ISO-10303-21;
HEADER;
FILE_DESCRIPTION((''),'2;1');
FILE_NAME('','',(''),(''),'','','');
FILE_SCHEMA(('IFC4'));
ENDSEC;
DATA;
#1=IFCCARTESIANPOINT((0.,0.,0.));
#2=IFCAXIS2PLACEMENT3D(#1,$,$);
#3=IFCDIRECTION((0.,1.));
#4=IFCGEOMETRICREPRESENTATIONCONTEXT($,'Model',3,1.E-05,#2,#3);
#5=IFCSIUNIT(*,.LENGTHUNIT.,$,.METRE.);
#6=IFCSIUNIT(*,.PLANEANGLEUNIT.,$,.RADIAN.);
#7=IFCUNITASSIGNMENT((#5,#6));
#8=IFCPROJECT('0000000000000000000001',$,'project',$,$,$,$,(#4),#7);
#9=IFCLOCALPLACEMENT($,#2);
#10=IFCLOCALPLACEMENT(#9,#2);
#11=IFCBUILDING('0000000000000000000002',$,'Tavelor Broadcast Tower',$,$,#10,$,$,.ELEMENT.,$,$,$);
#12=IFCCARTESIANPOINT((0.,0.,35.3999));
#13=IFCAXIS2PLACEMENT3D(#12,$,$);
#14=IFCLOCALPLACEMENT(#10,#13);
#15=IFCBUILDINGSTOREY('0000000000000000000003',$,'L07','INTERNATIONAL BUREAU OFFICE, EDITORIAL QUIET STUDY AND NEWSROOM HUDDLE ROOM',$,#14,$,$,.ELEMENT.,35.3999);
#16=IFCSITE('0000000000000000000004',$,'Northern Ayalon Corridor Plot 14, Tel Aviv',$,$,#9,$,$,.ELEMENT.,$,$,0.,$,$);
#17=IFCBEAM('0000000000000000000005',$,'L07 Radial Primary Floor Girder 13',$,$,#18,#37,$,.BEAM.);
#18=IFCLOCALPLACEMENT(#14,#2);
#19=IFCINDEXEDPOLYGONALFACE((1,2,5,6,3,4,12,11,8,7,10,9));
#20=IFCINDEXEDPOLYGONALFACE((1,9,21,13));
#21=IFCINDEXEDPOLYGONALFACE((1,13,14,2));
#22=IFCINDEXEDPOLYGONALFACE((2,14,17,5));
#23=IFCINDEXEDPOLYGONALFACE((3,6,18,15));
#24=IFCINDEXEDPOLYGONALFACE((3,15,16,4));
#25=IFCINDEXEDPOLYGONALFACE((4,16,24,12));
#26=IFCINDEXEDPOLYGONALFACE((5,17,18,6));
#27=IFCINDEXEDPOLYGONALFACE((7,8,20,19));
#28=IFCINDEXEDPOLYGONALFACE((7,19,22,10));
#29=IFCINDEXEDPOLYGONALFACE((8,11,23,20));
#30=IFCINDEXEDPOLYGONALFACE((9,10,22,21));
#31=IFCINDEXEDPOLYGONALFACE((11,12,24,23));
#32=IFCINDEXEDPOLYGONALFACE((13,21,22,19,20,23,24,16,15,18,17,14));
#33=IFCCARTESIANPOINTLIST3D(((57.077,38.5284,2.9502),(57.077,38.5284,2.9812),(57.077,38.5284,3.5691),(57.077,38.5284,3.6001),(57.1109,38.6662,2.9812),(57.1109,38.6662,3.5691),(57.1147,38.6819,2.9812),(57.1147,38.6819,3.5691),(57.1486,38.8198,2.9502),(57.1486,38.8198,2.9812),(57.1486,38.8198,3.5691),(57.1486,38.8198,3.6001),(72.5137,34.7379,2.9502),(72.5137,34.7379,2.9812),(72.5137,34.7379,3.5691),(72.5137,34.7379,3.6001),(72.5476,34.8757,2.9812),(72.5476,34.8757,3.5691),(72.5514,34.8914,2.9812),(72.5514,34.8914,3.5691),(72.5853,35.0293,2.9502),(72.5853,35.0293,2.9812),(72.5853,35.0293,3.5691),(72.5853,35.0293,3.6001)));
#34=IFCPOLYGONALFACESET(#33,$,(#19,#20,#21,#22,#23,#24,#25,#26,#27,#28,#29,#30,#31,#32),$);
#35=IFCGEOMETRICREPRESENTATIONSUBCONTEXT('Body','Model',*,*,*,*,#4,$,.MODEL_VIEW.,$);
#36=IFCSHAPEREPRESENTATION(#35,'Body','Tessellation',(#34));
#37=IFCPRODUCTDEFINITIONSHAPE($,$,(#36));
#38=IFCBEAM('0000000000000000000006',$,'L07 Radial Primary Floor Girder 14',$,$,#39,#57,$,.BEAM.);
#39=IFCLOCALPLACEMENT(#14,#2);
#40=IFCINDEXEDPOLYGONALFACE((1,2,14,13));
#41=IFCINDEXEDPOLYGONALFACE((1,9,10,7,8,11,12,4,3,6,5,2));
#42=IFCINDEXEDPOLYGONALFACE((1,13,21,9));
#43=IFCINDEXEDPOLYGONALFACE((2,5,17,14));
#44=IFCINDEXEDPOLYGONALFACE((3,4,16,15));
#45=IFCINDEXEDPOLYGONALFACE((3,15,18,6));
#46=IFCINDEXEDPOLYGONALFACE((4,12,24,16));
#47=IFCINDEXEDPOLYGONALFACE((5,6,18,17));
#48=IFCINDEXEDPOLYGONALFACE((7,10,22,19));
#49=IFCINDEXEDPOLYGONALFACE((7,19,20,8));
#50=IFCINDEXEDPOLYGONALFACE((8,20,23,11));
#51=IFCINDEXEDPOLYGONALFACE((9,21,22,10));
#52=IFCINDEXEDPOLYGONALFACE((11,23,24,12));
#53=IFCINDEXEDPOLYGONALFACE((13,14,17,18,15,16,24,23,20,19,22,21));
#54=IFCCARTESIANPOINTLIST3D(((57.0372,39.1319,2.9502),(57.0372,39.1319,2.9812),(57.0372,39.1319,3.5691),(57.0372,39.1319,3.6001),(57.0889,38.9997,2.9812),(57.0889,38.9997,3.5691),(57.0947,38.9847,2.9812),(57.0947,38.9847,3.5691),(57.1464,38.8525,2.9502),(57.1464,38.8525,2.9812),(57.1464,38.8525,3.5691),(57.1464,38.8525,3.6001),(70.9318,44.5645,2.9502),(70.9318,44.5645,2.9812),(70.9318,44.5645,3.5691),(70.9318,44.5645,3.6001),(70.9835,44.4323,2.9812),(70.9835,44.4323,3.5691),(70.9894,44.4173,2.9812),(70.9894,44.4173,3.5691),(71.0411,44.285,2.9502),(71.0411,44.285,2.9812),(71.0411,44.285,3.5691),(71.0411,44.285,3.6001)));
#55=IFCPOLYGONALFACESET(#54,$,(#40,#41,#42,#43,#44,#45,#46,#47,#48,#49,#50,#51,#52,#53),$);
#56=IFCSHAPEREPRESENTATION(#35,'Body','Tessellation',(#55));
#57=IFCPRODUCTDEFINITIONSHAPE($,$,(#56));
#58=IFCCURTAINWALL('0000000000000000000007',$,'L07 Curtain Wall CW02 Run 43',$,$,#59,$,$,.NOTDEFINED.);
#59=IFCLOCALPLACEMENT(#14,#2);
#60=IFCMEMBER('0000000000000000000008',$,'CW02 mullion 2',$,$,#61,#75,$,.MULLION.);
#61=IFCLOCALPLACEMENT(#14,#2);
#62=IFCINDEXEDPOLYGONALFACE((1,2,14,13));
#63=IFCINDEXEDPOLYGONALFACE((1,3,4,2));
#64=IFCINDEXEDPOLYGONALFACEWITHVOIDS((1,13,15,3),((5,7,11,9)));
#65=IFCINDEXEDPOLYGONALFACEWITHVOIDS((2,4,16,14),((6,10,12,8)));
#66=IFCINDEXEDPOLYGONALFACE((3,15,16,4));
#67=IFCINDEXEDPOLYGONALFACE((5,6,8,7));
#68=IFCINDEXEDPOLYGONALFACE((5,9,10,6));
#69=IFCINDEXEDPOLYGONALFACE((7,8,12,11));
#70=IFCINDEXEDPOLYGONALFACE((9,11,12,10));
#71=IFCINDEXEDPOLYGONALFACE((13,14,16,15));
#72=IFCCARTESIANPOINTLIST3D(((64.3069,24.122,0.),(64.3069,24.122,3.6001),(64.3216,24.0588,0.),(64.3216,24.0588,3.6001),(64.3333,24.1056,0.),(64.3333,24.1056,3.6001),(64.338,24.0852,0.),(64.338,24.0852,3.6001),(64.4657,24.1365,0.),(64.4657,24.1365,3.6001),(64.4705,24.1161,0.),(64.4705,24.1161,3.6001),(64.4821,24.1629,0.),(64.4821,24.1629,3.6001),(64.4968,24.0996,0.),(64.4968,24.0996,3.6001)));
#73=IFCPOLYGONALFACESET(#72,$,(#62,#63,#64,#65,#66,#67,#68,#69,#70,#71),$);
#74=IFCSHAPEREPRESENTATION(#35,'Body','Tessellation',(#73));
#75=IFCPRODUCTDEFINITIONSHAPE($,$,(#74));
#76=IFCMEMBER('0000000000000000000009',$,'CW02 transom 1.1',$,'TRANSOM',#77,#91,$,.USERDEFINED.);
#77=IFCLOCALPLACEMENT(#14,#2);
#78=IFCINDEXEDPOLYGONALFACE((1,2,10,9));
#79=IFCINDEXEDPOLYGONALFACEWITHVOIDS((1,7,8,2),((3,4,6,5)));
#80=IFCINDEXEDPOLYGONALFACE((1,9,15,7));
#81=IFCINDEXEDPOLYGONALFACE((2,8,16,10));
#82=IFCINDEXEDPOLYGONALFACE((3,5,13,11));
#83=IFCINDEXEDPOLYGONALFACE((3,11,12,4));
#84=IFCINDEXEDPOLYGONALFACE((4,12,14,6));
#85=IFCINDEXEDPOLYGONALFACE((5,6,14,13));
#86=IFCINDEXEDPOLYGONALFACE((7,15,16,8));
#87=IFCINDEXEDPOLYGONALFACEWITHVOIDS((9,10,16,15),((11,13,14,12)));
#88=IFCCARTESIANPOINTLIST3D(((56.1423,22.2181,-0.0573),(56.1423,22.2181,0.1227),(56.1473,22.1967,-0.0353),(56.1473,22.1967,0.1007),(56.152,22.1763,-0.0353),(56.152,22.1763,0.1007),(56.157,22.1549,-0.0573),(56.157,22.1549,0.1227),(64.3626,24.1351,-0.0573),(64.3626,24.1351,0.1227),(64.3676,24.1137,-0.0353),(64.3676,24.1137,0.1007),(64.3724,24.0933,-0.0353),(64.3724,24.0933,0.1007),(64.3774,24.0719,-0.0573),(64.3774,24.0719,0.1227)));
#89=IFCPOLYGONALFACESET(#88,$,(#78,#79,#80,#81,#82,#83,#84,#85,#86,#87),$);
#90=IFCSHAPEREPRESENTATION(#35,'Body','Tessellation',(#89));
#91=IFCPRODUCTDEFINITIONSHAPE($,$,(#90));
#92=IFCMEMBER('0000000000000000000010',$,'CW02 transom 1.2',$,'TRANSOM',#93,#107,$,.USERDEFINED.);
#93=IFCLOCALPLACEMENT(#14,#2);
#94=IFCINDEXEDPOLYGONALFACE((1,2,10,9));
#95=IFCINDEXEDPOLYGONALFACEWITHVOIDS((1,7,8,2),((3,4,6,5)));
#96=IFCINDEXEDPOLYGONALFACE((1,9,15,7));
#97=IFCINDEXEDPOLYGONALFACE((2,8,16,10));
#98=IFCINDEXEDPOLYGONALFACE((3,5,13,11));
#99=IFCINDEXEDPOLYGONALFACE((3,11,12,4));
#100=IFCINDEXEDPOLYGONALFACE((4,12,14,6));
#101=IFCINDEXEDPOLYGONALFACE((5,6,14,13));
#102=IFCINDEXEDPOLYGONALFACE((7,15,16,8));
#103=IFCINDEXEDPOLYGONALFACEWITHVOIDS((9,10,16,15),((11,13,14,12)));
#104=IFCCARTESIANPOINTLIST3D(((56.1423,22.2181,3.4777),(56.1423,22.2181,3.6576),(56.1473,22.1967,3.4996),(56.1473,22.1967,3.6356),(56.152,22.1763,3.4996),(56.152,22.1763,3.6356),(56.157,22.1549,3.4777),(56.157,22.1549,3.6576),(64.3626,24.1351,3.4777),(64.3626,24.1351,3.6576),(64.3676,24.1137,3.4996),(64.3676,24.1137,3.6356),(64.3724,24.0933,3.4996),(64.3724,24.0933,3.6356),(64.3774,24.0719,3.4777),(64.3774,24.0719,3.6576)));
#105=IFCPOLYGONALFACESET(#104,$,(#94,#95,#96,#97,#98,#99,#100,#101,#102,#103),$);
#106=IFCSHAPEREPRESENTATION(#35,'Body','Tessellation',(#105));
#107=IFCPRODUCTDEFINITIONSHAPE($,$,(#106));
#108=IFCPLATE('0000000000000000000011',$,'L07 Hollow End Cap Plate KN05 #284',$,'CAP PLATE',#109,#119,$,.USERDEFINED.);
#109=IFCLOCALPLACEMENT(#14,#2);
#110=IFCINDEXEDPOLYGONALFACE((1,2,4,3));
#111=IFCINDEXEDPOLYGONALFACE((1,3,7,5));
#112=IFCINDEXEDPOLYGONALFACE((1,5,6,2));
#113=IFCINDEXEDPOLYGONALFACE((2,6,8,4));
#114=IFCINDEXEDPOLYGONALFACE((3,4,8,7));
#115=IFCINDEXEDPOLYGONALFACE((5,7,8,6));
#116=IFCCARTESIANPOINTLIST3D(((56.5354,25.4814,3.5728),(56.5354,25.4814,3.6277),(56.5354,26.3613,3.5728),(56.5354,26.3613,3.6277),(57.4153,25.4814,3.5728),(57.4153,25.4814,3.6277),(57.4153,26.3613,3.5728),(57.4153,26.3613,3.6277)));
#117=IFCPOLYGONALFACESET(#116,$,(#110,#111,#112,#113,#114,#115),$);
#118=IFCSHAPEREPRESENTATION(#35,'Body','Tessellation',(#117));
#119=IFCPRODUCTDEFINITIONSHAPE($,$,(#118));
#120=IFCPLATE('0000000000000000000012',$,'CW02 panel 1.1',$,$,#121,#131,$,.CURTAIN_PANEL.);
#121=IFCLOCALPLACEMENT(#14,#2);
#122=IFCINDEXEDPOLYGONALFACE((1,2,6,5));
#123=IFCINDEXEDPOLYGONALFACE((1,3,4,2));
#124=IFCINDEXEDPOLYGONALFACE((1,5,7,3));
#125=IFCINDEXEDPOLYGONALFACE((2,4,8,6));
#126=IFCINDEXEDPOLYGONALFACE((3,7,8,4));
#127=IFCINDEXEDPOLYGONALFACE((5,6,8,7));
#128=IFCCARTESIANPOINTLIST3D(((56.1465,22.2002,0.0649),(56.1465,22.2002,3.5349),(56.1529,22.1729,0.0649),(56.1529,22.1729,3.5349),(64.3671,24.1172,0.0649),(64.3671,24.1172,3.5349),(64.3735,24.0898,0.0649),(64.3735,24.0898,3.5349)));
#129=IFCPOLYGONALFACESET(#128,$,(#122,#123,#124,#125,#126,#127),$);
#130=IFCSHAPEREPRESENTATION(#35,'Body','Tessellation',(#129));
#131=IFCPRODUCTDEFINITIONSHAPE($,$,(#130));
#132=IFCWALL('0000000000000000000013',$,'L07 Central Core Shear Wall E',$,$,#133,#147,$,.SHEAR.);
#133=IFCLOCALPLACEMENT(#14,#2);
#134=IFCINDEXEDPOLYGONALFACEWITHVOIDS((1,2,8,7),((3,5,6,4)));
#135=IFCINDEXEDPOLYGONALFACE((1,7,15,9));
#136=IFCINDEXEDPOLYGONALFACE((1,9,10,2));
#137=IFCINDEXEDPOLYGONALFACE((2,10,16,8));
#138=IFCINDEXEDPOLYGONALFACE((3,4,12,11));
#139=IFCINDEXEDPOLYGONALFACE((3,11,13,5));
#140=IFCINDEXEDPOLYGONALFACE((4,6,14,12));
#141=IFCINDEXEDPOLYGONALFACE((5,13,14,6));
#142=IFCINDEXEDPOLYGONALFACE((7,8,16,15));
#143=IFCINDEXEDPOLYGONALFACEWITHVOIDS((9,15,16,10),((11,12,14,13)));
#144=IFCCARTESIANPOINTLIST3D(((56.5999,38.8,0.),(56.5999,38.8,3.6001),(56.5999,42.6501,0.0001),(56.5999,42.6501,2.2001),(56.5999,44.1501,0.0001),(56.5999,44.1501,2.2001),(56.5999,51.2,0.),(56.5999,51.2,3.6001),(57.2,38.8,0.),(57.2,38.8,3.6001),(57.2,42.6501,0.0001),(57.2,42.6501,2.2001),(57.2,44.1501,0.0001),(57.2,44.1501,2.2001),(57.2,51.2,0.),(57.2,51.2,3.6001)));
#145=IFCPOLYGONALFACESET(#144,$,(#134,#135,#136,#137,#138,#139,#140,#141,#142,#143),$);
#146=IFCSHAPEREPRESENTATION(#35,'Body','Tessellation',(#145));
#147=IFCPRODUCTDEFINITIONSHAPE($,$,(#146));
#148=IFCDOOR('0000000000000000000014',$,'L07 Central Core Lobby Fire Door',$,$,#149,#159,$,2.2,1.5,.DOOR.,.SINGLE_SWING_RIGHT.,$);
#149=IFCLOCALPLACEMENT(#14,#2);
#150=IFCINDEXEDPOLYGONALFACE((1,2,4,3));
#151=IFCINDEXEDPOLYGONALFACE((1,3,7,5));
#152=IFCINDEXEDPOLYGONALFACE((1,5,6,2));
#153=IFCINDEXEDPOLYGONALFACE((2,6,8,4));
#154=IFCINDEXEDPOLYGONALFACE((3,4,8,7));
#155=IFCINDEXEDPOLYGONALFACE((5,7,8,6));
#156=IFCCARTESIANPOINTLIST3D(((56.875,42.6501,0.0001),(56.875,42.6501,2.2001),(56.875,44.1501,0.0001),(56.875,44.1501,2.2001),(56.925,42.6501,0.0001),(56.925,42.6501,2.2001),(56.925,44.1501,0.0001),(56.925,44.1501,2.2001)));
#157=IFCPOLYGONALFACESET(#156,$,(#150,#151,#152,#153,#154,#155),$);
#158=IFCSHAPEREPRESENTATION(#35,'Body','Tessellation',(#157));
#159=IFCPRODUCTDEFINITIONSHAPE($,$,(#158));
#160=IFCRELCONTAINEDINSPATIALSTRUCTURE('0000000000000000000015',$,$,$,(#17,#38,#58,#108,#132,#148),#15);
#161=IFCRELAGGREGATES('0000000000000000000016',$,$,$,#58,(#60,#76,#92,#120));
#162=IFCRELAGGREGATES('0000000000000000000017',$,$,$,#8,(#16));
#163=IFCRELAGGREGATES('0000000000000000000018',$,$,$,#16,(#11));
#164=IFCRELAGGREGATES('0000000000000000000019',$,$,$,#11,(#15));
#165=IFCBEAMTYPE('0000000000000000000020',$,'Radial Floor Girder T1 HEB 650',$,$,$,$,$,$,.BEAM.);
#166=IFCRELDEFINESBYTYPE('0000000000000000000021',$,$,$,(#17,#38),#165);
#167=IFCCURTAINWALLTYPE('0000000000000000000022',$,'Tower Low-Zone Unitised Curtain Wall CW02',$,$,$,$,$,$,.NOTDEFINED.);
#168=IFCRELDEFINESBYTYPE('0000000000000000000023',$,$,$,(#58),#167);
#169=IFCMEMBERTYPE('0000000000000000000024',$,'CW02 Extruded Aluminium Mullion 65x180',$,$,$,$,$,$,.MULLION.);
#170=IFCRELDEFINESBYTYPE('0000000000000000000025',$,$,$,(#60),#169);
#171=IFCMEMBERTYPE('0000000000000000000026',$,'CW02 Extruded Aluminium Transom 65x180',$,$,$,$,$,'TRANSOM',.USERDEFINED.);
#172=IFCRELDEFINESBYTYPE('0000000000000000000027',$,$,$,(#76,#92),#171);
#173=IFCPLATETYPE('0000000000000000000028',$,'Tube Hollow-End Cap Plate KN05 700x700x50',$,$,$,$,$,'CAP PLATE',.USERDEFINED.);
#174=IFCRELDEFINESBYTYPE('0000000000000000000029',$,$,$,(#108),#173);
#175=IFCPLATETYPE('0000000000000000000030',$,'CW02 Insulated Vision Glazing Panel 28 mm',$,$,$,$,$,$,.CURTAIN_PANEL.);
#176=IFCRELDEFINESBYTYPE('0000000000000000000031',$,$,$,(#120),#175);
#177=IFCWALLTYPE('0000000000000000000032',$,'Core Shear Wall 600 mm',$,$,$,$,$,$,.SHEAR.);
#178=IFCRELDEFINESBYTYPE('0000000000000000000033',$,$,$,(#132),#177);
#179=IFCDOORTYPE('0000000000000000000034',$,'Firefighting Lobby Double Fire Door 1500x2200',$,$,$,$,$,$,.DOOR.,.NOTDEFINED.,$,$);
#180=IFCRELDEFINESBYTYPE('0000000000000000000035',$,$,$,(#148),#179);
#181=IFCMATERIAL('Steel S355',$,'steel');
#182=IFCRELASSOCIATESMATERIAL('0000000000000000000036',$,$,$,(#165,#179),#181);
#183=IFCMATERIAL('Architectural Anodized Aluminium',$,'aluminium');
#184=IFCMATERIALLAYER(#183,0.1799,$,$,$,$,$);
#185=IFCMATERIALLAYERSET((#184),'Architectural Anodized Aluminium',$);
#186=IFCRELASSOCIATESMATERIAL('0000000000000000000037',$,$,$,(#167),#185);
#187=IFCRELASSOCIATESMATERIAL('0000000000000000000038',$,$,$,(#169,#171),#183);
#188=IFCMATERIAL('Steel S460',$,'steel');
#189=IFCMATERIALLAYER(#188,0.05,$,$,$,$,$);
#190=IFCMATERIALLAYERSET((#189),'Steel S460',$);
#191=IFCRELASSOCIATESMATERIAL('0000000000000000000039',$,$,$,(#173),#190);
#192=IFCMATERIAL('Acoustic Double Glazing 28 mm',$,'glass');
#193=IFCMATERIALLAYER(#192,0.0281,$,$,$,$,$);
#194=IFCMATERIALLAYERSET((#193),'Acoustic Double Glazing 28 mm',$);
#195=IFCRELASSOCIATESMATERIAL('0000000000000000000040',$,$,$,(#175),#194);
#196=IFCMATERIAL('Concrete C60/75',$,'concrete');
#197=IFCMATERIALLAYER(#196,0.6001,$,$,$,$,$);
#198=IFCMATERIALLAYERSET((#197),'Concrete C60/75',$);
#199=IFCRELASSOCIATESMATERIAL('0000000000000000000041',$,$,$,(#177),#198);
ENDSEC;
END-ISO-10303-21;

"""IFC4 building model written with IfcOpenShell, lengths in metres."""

from ifc_helpers import new_model, si_unit, direction, frame, frame_2d, origin, origin_2d, place, context, subcontext, project, spatial, rectangle, hollow_rectangle, i_section, extrude, source, transform, mapped, material, layer, layer_set, material_profile, profile_set, type_object, type_shapes, element, fill, aggregate, save


model = new_model("IFC4")

# Units and contexts
model_context = context("Model", 3, precision=1e-05, world=origin(), true_north=direction((0.0, 1.0)))
body_context = subcontext(model_context, "Body", "Model", "MODEL_VIEW")
ifc_project = project(units=[si_unit("LENGTHUNIT", "METRE"), si_unit("PLANEANGLEUNIT", "RADIAN")], contexts=[model_context])

# Site, building, storey
site_placement = place(None, origin())
site = spatial("IfcSite", under=ifc_project, at=site_placement, Name="Northern Ayalon Corridor Plot 14, Tel Aviv", CompositionType="ELEMENT", RefElevation=0.0)
building_placement = place(site_placement, origin())
building = spatial("IfcBuilding", under=site, at=building_placement, Name="Tavelor Broadcast Tower", CompositionType="ELEMENT")
storey_placement = place(building_placement, frame((0.0, 0.0, 35.3999)))
storey = spatial("IfcBuildingStorey", under=building, at=storey_placement, Name="L07", Description="INTERNATIONAL BUREAU OFFICE, EDITORIAL QUIET STUDY AND NEWSROOM HUDDLE ROOM", CompositionType="ELEMENT", Elevation=35.3999)

# Shared definitions
ifc_material_1 = material(Name="Concrete C60/75", Category="concrete")
ifc_material_2 = material(Name="Steel S460", Category="steel")

# Beams
ifc_material_3 = material(Name="Steel S355", Category="steel")
ifc_material_profile_1 = material_profile(ifc_material_3, i_section(OverallWidth=0.3, OverallDepth=0.6499, WebThickness=0.0161, FlangeThickness=0.031, at=origin_2d()), Name="HEB 650")
ifc_profile_set_1 = profile_set([ifc_material_profile_1], Name="Steel S355")
beam_type_1 = type_object("IfcBeamType", Name="Radial Floor Girder T1 HEB 650", PredefinedType="BEAM", material=ifc_profile_set_1)
beam_1_placement = place(storey_placement, frame((57.1128, 38.6741, 3.2751), z_axis=(0.97115, -0.238468, 0.0), x_axis=(0.238468, 0.97115, 0.0)))
element("IfcBeam", 1, at=beam_1_placement, inside=storey, type_object=beam_type_1, Name="L07 Radial Primary Floor Girder 13", PredefinedType="BEAM", context=body_context, shape_type="SweptSolid", body=[
    extrude(i_section(OverallWidth=0.3, OverallDepth=0.6499, WebThickness=0.0161, FlangeThickness=0.031, at=origin_2d()), origin(), (0.0, 0.0, 1.0), 15.8953),
])
beam_2_placement = place(storey_placement, frame((57.0918, 38.9922, 3.2751), z_axis=(0.931344, 0.36414, 0.0), x_axis=(-0.36414, 0.931344, 0.0)))
element("IfcBeam", 2, at=beam_2_placement, inside=storey, type_object=beam_type_1, Name="L07 Radial Primary Floor Girder 14", PredefinedType="BEAM", context=body_context, shape_type="SweptSolid", body=[
    extrude(i_section(OverallWidth=0.3, OverallDepth=0.6499, WebThickness=0.0161, FlangeThickness=0.031, at=origin_2d()), origin(), (0.0, 0.0, 1.0), 14.9189),
])

# Curtain wall, members
ifc_material_4 = material(Name="Architectural Anodized Aluminium", Category="aluminium")
ifc_layer_1 = layer(ifc_material_4, 0.1799)
ifc_layer_set_1 = layer_set([ifc_layer_1], Name="Architectural Anodized Aluminium")
curtain_wall_type = type_object("IfcCurtainWallType", Name="Tower Low-Zone Unitised Curtain Wall CW02", PredefinedType="NOTDEFINED", material=ifc_layer_set_1)
curtain_wall_placement = place(storey_placement, origin())
curtain_wall = element("IfcCurtainWall", 3, at=curtain_wall_placement, inside=storey, type_object=curtain_wall_type, Name="L07 Curtain Wall CW02 Run 43", PredefinedType="NOTDEFINED")
ifc_material_profile_2 = material_profile(ifc_material_4, hollow_rectangle(XDim=0.0649, YDim=0.1799, WallThickness=0.022, at=origin_2d()), Name="RHS 65x180x22")
ifc_profile_set_2 = profile_set([ifc_material_profile_2], Name="Architectural Anodized Aluminium")
member_type_1 = type_object("IfcMemberType", Name="CW02 Extruded Aluminium Mullion 65x180", PredefinedType="MULLION", material=ifc_profile_set_2)
shared_shape_1 = source(origin(), body_context, "Body", "SweptSolid", [
    extrude(hollow_rectangle(XDim=0.0649, YDim=0.1799, WallThickness=0.022, at=origin_2d()), origin(), (0.0, 0.0, 1.0), 3.6001),
])
type_shapes(member_type_1, [shared_shape_1])
member_1_placement = place(storey_placement, frame((64.4019, 24.1108, 0.0), z_axis=(0.0, 0.0, 1.0), x_axis=(-0.227099, 0.973872, 0.0)))
member_1 = element("IfcMember", 4, at=member_1_placement, type_object=member_type_1, Name="CW02 mullion 2", PredefinedType="MULLION", context=body_context, shape_type="MappedRepresentation", body=[
    mapped(shared_shape_1, transform((0.0, 0.0, 0.0), scale=1.0)),
])
ifc_material_profile_3 = material_profile(ifc_material_4, hollow_rectangle(XDim=0.0649, YDim=0.1799, WallThickness=0.022, at=origin_2d()), Name="RHS 65x180x22")
ifc_profile_set_3 = profile_set([ifc_material_profile_3], Name="Architectural Anodized Aluminium")
member_type_2 = type_object("IfcMemberType", Name="CW02 Extruded Aluminium Transom 65x180", ElementType="TRANSOM", PredefinedType="USERDEFINED", material=ifc_profile_set_3)
shared_shape_2 = source(origin(), body_context, "Body", "SweptSolid", [
    extrude(hollow_rectangle(XDim=0.0649, YDim=0.1799, WallThickness=0.022, at=origin_2d()), origin(), (0.0, 0.0, 1.0), 8.4409),
])
type_shapes(member_type_2, [shared_shape_2])
member_2_placement = place(storey_placement, frame((56.1497, 22.1865, 0.0327), z_axis=(0.97387, 0.227104, 0.0), x_axis=(-0.227104, 0.97387, 0.0)))
member_2 = element("IfcMember", 5, at=member_2_placement, type_object=member_type_2, Name="CW02 transom 1.1", ObjectType="TRANSOM", PredefinedType="USERDEFINED", context=body_context, shape_type="MappedRepresentation", body=[
    mapped(shared_shape_2, transform((0.0, 0.0, 0.0), scale=1.0)),
])
member_3_placement = place(storey_placement, frame((56.1497, 22.1865, 3.5676), z_axis=(0.97387, 0.227104, 0.0), x_axis=(-0.227104, 0.97387, 0.0)))
member_3 = element("IfcMember", 6, at=member_3_placement, type_object=member_type_2, Name="CW02 transom 1.2", ObjectType="TRANSOM", PredefinedType="USERDEFINED", context=body_context, shape_type="MappedRepresentation", body=[
    mapped(shared_shape_2, transform((0.0, 0.0, 0.0), scale=1.0)),
])

# Plates
ifc_layer_2 = layer(ifc_material_2, 0.05)
ifc_layer_set_2 = layer_set([ifc_layer_2], Name="Steel S460")
plate_type_1 = type_object("IfcPlateType", Name="Tube Hollow-End Cap Plate KN05 700x700x50", ElementType="CAP PLATE", PredefinedType="USERDEFINED", material=ifc_layer_set_2)
shared_shape_3 = source(origin(), body_context, "Body", "SweptSolid", [
    extrude(rectangle(XDim=0.8799, YDim=0.8799, at=origin_2d()), origin(), (0.0, 0.0, 1.0), 0.0549),
])
type_shapes(plate_type_1, [shared_shape_3])
plate_1_placement = place(storey_placement, frame((56.9753, 25.9214, 3.5728), z_axis=(0.0, 0.0, 1.0), x_axis=(1.0, 0.0, 0.0)))
element("IfcPlate", 7, at=plate_1_placement, inside=storey, type_object=plate_type_1, Name="L07 Hollow End Cap Plate KN05 #284", ObjectType="CAP PLATE", PredefinedType="USERDEFINED", context=body_context, shape_type="MappedRepresentation", body=[
    mapped(shared_shape_3, transform((0.0, 0.0, 0.0), scale=1.0)),
])
ifc_material_5 = material(Name="Acoustic Double Glazing 28 mm", Category="glass")
ifc_layer_3 = layer(ifc_material_5, 0.0281)
ifc_layer_set_3 = layer_set([ifc_layer_3], Name="Acoustic Double Glazing 28 mm")
plate_type_2 = type_object("IfcPlateType", Name="CW02 Insulated Vision Glazing Panel 28 mm", PredefinedType="CURTAIN_PANEL", material=ifc_layer_set_3)
shared_shape_4 = source(origin(), body_context, "Body", "SweptSolid", [
    extrude(rectangle(XDim=8.4412, YDim=0.0281, at=origin_2d()), origin(), (0.0, 0.0, 1.0), 3.47),
])
type_shapes(plate_type_2, [shared_shape_4])
plate_2_placement = place(storey_placement, frame((60.26, 23.145, 0.0649), z_axis=(0.0, 0.0, 1.0), x_axis=(0.973872, 0.227099, 0.0)))
plate_2 = element("IfcPlate", 8, at=plate_2_placement, type_object=plate_type_2, Name="CW02 panel 1.1", PredefinedType="CURTAIN_PANEL", context=body_context, shape_type="MappedRepresentation", body=[
    mapped(shared_shape_4, transform((0.0, 0.0, 0.0), scale=1.0)),
])
aggregate(curtain_wall, [member_1, member_2, member_3, plate_2])

# Wall, opening, door
ifc_layer_4 = layer(ifc_material_1, 0.6001)
ifc_layer_set_4 = layer_set([ifc_layer_4], Name="Concrete C60/75")
wall_type_1 = type_object("IfcWallType", Name="Core Shear Wall 600 mm", PredefinedType="SHEAR", material=ifc_layer_set_4)
wall_1_placement = place(storey_placement, frame((56.8999, 38.8, 0.0), z_axis=(0.0, 0.0, 1.0), x_axis=(0.0, 1.0, 0.0)))
wall_1 = element("IfcWall", 9, at=wall_1_placement, inside=storey, type_object=wall_type_1, Name="L07 Central Core Shear Wall E", PredefinedType="SHEAR", context=body_context, shape_type="SweptSolid", body=[
    extrude(rectangle(XDim=12.3999, YDim=0.6001, at=frame_2d((6.2, 0.0))), origin(), (0.0, 0.0, 1.0), 3.6001),
])
opening_1_placement = place(wall_1_placement, frame((3.8501, 0.0, 0.0)))
opening_1 = element("IfcOpeningElement", 10, at=opening_1_placement, cuts=wall_1, PredefinedType="OPENING", context=body_context, shape_type="SweptSolid", body=[
    extrude(rectangle(XDim=1.5, YDim=2.2, at=frame_2d((0.75, 1.1001))), frame((0.0, 0.3101, 0.0), z_axis=(0.0, -1.0, 0.0), x_axis=(1.0, 0.0, 0.0)), (0.0, 0.0, 1.0), 0.6201),
])
door_type_1 = type_object("IfcDoorType", Name="Firefighting Lobby Double Fire Door 1500x2200", OperationType="NOTDEFINED", PredefinedType="DOOR", material=ifc_material_3)
door_1_placement = place(opening_1_placement, origin())
door_1 = element("IfcDoor", 11, at=door_1_placement, inside=storey, type_object=door_type_1, Name="L07 Central Core Lobby Fire Door", OperationType="SINGLE_SWING_RIGHT", OverallHeight=2.2, OverallWidth=1.5, PredefinedType="DOOR", context=body_context, shape_type="SweptSolid", body=[
    extrude(rectangle(XDim=1.5, YDim=2.2, at=frame_2d((0.75, 1.1001))), frame((0.0, 0.0249, 0.0), z_axis=(0.0, -1.0, 0.0), x_axis=(1.0, 0.0, 0.0)), (0.0, 0.0, 1.0), 0.05),
])
fill(opening_1, door_1)

save(model, "model.ifc")
